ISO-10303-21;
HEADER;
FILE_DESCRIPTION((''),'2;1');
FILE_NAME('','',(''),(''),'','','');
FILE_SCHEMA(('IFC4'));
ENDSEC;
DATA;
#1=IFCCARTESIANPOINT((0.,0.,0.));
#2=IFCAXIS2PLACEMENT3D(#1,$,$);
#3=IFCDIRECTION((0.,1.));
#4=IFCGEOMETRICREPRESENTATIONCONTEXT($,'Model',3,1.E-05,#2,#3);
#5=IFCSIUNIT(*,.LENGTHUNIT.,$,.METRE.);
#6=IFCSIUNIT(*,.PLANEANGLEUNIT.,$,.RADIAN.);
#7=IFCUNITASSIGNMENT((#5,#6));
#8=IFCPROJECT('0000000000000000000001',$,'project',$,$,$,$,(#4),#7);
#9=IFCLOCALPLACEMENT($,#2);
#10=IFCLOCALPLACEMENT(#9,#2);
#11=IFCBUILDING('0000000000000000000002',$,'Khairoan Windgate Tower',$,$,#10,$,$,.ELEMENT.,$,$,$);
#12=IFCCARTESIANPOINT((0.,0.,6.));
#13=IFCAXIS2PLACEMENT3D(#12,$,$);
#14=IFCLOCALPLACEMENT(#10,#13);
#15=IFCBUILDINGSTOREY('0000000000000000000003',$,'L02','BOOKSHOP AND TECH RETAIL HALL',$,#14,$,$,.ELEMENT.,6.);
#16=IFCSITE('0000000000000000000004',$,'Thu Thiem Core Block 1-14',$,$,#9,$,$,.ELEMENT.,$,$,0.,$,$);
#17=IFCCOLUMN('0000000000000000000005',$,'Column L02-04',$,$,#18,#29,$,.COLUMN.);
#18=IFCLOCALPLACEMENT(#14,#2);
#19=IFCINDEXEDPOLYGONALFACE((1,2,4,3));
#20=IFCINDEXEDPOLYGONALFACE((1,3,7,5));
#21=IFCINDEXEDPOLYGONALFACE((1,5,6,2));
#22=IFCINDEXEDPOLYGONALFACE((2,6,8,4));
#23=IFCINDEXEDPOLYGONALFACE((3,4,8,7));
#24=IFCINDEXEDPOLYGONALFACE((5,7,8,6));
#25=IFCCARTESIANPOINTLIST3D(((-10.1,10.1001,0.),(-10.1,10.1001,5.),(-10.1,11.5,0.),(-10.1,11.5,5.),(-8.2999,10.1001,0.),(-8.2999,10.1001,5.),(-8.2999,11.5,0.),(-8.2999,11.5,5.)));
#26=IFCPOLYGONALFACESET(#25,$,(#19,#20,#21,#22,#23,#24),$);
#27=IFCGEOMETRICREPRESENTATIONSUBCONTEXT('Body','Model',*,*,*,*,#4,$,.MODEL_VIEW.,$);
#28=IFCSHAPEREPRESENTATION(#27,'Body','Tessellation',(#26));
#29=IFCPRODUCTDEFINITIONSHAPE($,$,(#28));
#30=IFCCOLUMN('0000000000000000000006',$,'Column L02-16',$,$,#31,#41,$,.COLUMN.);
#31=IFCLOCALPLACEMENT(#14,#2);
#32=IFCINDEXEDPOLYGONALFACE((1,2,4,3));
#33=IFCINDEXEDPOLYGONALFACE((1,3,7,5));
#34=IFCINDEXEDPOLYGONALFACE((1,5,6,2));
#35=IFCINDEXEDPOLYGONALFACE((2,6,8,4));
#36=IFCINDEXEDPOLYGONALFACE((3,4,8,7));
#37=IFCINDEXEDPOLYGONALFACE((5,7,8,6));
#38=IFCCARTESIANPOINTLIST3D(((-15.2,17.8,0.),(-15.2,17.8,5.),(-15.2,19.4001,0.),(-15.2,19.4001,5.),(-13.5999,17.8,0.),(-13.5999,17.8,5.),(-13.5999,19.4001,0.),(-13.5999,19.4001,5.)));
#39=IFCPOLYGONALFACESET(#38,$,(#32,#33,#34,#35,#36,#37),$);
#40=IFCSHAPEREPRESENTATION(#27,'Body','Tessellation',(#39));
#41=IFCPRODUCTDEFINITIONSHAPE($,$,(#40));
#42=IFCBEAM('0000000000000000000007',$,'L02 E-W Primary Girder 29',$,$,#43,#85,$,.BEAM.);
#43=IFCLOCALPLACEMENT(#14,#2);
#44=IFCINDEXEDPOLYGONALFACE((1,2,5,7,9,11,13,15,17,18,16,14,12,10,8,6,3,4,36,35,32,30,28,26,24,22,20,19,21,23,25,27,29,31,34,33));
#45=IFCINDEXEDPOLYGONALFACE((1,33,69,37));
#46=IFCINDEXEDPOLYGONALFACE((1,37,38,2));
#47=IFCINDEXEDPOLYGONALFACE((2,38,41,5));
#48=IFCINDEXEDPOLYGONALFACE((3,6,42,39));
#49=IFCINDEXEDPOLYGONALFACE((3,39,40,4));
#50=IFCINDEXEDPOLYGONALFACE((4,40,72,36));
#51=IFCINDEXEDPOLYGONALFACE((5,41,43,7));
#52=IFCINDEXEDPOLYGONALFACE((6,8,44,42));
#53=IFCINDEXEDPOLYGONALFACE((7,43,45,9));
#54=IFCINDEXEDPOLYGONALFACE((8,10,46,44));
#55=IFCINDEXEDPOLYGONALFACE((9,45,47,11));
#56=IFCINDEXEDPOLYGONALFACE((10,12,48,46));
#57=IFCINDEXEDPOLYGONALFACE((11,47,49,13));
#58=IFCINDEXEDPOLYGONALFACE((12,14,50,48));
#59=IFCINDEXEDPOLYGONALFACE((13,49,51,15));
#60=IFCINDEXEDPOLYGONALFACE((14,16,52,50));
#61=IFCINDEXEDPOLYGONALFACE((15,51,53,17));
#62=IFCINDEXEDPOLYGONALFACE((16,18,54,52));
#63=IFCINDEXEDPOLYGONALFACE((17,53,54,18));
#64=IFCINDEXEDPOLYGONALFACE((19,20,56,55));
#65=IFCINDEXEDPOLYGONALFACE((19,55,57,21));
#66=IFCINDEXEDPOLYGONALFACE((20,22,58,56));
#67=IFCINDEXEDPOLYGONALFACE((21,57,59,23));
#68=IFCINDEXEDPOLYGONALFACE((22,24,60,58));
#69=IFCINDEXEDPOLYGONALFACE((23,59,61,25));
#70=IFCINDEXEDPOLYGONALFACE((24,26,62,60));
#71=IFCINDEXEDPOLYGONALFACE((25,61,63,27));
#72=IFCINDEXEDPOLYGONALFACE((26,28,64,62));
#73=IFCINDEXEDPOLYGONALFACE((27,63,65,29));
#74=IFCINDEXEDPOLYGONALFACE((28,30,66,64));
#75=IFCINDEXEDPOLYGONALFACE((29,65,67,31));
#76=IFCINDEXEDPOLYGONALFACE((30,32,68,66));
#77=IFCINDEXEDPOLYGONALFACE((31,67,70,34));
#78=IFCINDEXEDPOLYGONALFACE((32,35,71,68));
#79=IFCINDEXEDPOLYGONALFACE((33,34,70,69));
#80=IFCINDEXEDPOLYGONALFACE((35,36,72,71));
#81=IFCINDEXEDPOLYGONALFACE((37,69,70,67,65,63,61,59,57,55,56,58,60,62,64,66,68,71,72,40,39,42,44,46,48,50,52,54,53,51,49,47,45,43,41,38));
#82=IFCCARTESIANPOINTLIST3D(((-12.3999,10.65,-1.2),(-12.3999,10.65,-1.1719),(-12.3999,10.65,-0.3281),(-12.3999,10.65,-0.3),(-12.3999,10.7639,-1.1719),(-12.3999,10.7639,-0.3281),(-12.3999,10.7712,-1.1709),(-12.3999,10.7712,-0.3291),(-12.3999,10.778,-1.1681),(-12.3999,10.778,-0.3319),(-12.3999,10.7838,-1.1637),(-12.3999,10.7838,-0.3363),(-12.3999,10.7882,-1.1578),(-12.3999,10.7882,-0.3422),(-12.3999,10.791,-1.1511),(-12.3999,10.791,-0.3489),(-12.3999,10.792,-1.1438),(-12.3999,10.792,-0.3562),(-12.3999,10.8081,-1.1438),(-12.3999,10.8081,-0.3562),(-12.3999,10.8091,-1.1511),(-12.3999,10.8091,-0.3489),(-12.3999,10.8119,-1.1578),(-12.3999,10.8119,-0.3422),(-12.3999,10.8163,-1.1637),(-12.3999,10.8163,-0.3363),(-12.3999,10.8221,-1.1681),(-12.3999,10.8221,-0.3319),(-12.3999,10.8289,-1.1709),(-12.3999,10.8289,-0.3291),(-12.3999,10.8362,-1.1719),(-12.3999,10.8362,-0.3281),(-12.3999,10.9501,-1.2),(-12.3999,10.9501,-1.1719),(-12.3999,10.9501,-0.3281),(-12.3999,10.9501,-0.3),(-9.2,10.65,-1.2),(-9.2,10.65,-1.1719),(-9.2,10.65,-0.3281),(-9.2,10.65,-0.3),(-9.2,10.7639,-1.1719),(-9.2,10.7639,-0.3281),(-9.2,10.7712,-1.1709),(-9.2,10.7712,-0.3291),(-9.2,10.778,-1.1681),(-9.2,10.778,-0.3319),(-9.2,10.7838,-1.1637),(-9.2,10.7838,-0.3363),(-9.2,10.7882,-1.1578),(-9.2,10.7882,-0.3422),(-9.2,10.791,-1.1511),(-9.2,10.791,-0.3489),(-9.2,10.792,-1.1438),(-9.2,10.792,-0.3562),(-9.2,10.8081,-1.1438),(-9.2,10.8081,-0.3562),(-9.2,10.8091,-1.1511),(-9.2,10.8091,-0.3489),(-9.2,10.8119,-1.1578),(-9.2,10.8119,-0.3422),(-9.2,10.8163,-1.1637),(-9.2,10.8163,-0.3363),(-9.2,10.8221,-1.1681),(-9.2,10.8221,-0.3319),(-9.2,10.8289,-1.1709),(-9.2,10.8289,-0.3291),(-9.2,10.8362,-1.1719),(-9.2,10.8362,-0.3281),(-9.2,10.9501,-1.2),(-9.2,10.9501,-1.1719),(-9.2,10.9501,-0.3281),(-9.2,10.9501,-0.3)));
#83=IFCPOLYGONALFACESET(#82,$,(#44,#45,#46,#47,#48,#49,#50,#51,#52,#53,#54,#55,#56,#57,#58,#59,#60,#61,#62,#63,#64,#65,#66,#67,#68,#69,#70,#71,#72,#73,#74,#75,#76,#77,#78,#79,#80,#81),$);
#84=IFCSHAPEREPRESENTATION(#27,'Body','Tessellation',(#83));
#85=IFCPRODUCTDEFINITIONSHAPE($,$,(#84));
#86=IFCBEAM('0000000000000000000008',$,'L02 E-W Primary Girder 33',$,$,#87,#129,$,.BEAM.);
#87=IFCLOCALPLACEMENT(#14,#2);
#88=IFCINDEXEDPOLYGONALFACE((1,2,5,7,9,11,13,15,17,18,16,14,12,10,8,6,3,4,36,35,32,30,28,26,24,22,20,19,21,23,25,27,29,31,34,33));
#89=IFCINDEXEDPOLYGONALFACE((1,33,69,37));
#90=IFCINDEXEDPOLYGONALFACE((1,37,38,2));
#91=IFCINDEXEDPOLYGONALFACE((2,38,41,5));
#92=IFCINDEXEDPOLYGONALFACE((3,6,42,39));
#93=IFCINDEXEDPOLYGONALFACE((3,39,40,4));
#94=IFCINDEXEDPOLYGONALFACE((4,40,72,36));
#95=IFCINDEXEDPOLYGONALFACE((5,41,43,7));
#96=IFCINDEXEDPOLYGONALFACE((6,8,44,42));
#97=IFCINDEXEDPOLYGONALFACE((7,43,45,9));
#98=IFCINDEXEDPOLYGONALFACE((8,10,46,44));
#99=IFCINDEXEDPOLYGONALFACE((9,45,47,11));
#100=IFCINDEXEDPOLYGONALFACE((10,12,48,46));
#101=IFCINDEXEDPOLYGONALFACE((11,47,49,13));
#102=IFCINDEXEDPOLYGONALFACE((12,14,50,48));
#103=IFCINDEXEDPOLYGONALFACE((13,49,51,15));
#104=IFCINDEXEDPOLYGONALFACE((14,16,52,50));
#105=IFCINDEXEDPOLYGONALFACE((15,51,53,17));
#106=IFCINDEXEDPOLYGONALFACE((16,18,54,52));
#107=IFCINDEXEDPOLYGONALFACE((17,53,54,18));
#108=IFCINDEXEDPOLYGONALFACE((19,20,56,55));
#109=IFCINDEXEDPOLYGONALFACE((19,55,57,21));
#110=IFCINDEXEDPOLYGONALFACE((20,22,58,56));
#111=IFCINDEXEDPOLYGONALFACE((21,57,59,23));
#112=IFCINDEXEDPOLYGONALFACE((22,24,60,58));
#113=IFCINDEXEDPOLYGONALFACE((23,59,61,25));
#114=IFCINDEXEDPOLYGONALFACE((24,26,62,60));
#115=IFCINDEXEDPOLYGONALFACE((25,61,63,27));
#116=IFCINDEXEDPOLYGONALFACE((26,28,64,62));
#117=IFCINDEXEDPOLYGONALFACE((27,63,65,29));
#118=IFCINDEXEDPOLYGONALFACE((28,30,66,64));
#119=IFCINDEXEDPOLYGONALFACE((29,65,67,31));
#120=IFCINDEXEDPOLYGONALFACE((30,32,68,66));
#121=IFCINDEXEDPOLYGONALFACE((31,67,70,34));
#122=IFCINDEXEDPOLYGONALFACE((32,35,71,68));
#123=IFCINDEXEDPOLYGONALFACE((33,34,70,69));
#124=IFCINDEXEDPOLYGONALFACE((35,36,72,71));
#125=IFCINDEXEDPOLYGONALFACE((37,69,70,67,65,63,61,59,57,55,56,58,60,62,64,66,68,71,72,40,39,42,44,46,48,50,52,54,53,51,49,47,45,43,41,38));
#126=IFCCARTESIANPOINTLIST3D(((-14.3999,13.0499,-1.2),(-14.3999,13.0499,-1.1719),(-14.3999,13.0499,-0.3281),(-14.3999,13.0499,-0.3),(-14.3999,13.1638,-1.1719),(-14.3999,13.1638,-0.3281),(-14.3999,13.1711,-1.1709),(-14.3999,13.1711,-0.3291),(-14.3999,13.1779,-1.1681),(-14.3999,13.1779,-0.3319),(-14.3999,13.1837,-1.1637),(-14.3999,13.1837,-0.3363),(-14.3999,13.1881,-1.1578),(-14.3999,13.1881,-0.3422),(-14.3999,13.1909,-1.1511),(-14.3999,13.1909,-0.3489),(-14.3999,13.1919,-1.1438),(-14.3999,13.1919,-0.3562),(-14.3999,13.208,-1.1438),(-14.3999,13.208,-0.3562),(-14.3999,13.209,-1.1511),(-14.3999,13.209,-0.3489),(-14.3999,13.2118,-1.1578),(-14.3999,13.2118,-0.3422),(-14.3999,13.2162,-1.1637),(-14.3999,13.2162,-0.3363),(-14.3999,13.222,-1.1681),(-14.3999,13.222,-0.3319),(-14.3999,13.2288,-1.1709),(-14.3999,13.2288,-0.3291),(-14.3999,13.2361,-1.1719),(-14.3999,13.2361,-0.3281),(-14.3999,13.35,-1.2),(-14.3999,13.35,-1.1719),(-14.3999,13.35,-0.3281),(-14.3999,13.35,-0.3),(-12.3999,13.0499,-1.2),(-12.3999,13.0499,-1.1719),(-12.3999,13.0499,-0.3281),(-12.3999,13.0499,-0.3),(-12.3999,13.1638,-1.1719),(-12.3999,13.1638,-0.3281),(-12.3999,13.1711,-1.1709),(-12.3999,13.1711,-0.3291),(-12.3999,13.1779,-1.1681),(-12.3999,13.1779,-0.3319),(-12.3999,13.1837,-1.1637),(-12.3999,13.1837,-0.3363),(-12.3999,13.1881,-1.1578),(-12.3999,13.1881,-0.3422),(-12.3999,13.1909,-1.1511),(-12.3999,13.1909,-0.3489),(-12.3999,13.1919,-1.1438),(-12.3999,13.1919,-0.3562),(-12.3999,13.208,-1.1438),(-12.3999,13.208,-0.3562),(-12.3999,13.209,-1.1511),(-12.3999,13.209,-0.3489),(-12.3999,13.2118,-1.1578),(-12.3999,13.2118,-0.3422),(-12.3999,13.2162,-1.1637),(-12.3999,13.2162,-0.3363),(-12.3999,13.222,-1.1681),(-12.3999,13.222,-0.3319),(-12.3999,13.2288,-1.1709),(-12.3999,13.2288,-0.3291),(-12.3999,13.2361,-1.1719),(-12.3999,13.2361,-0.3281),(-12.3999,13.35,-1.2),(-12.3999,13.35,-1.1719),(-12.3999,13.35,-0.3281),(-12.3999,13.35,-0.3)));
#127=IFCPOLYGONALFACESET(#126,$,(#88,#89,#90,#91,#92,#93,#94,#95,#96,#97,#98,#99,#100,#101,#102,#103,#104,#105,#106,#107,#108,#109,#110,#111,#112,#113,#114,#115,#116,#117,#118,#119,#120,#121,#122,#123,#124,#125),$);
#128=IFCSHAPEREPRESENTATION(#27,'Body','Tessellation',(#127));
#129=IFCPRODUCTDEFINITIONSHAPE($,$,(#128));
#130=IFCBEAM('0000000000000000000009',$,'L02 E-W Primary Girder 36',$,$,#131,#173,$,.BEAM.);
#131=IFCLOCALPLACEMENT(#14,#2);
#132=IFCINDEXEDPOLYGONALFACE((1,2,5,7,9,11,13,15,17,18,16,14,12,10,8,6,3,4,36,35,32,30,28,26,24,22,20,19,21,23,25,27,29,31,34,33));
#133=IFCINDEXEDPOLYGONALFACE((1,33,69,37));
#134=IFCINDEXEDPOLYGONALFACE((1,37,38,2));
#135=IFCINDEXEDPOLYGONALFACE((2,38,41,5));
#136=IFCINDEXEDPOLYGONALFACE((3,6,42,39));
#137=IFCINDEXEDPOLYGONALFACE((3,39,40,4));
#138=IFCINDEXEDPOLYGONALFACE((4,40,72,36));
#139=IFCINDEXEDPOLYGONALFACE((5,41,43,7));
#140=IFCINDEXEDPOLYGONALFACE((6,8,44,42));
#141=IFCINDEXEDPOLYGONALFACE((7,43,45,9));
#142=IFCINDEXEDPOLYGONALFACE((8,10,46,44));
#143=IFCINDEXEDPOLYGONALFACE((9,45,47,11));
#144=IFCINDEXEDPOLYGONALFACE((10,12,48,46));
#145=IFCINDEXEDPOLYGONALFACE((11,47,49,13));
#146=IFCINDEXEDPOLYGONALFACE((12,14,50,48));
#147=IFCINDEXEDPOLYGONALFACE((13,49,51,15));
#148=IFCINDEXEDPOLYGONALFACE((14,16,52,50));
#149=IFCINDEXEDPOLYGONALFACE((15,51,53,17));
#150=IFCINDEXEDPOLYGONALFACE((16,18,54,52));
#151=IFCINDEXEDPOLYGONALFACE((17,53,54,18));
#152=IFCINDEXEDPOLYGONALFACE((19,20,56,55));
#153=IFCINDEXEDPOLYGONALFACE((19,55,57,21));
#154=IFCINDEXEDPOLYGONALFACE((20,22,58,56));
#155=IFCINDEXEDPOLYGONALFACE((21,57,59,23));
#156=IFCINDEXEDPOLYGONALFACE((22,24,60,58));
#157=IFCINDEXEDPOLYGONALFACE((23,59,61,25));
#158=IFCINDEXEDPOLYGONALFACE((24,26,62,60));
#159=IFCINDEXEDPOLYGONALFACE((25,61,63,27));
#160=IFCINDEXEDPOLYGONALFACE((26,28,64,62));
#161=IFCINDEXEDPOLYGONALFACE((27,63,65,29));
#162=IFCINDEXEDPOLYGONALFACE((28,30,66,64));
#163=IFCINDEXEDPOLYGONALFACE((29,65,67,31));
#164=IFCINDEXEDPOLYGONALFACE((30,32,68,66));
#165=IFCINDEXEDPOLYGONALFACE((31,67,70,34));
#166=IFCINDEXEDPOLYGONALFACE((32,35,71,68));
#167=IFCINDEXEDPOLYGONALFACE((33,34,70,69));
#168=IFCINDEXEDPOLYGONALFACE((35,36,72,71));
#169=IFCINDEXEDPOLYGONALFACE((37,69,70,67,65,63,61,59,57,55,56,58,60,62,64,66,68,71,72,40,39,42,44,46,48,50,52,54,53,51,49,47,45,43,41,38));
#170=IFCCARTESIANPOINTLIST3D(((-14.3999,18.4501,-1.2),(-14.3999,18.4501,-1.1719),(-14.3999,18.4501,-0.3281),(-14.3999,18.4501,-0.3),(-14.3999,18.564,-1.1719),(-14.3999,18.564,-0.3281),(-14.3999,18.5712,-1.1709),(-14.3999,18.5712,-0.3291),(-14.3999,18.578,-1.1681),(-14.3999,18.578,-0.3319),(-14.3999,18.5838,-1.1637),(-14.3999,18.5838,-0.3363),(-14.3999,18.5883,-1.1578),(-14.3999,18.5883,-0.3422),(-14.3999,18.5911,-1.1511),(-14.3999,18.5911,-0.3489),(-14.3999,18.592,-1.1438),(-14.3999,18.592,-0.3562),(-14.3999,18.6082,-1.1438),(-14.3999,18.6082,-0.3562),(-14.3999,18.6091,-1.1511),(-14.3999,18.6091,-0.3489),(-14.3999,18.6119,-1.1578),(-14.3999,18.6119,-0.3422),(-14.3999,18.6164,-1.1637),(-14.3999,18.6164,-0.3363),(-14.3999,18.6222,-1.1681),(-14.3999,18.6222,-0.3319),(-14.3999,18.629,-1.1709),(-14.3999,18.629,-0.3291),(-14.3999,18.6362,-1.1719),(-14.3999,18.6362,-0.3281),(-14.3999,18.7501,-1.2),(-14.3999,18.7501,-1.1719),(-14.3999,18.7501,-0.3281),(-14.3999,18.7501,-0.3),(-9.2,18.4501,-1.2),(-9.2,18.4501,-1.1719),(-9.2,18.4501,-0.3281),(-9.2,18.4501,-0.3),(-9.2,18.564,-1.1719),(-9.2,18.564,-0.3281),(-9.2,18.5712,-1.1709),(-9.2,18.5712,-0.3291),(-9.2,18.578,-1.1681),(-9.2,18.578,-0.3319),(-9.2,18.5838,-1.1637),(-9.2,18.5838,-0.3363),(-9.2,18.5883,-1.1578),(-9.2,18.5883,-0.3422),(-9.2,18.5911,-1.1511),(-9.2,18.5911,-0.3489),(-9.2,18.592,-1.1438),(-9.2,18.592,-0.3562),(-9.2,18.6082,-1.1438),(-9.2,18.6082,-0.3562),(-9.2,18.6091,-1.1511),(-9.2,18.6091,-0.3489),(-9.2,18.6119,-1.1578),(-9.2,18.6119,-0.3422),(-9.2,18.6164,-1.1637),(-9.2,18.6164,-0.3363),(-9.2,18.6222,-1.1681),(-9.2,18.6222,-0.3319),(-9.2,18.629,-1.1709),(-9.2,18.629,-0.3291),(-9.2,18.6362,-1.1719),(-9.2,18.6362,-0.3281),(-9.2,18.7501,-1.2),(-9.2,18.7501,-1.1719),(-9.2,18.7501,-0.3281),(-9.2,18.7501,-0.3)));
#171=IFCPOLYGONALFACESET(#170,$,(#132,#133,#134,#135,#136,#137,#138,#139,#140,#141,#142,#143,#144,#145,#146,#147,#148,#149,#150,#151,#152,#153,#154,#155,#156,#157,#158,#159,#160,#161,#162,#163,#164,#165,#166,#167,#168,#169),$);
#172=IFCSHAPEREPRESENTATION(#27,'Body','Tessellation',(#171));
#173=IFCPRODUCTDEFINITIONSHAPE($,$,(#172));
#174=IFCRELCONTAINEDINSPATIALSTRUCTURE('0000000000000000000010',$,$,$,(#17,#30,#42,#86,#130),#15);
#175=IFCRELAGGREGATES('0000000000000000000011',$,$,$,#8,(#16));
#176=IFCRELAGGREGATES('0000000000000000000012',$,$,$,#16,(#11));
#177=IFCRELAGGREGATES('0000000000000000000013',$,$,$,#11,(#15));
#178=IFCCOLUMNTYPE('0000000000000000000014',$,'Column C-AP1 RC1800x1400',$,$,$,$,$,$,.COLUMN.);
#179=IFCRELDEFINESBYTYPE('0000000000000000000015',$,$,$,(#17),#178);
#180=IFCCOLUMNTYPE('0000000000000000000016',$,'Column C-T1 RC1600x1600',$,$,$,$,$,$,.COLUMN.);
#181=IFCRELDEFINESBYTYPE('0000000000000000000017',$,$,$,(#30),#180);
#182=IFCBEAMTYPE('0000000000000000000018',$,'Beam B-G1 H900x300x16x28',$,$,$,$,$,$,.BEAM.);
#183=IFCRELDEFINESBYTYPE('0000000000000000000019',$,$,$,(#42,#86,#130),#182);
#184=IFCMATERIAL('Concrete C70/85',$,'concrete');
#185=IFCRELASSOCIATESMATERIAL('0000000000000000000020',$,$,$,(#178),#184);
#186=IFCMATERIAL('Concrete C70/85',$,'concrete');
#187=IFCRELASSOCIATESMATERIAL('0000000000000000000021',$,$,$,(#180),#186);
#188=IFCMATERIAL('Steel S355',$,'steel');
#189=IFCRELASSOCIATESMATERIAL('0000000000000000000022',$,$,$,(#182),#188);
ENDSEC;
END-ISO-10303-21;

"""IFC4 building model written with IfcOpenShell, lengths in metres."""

from ifc_helpers import new_model, si_unit, direction, frame, origin, origin_2d, place, context, subcontext, project, spatial, rectangle, i_section, extrude, material, material_profile, profile_set, type_object, element, save


model = new_model("IFC4")

# Units and contexts
model_context = context("Model", 3, precision=1e-05, world=origin(), true_north=direction((0.0, 1.0)))
body_context = subcontext(model_context, "Body", "Model", "MODEL_VIEW")
ifc_project = project(units=[si_unit("LENGTHUNIT", "METRE"), si_unit("PLANEANGLEUNIT", "RADIAN")], contexts=[model_context])

# Site, building, storey
site_placement = place(None, origin())
site = spatial("IfcSite", under=ifc_project, at=site_placement, Name="Thu Thiem Core Block 1-14", CompositionType="ELEMENT", RefElevation=0.0)
building_placement = place(site_placement, origin())
building = spatial("IfcBuilding", under=site, at=building_placement, Name="Khairoan Windgate Tower", CompositionType="ELEMENT")
storey_placement = place(building_placement, frame((0.0, 0.0, 6.0)))
storey = spatial("IfcBuildingStorey", under=building, at=storey_placement, Name="L02", Description="BOOKSHOP AND TECH RETAIL HALL", CompositionType="ELEMENT", Elevation=6.0)

# Columns
ifc_material_1 = material(Name="Concrete C70/85", Category="concrete")
ifc_material_profile_1 = material_profile(ifc_material_1, rectangle(XDim=1.8, YDim=1.3999, at=origin_2d()))
ifc_profile_set_1 = profile_set([ifc_material_profile_1], Name="Concrete C70/85")
column_type_1 = type_object("IfcColumnType", Name="Column C-AP1 RC1800x1400", PredefinedType="COLUMN", material=ifc_profile_set_1)
column_1_placement = place(storey_placement, frame((-9.2, 10.8, 0.0), z_axis=(0.0, 0.0, 1.0), x_axis=(1.0, 0.0, 0.0)))
element("IfcColumn", 1, at=column_1_placement, inside=storey, type_object=column_type_1, Name="Column L02-04", PredefinedType="COLUMN", context=body_context, shape_type="SweptSolid", body=[
    extrude(rectangle(XDim=1.8, YDim=1.3999, at=origin_2d()), origin(), (0.0, 0.0, 1.0), 5.0),
])
ifc_material_2 = material(Name="Concrete C70/85", Category="concrete")
ifc_material_profile_2 = material_profile(ifc_material_2, rectangle(XDim=1.6001, YDim=1.6001, at=origin_2d()))
ifc_profile_set_2 = profile_set([ifc_material_profile_2], Name="Concrete C70/85")
column_type_2 = type_object("IfcColumnType", Name="Column C-T1 RC1600x1600", PredefinedType="COLUMN", material=ifc_profile_set_2)
column_2_placement = place(storey_placement, frame((-14.3999, 18.6001, 0.0), z_axis=(0.0, 0.0, 1.0), x_axis=(1.0, 0.0, 0.0)))
element("IfcColumn", 2, at=column_2_placement, inside=storey, type_object=column_type_2, Name="Column L02-16", PredefinedType="COLUMN", context=body_context, shape_type="SweptSolid", body=[
    extrude(rectangle(XDim=1.6001, YDim=1.6001, at=origin_2d()), origin(), (0.0, 0.0, 1.0), 5.0),
])

# Beams
ifc_material_3 = material(Name="Steel S355", Category="steel")
ifc_material_profile_3 = material_profile(ifc_material_3, i_section(OverallWidth=0.3, OverallDepth=0.8999, WebThickness=0.0161, FlangeThickness=0.0281, FilletRadius=0.0281, at=origin_2d()))
ifc_profile_set_3 = profile_set([ifc_material_profile_3], Name="Steel S355")
beam_type_1 = type_object("IfcBeamType", Name="Beam B-G1 H900x300x16x28", PredefinedType="BEAM", material=ifc_profile_set_3)
beam_1_placement = place(storey_placement, frame((-12.3999, 10.8, -0.75), z_axis=(1.0, 0.0, 0.0), x_axis=(0.0, 1.0, 0.0)))
element("IfcBeam", 3, at=beam_1_placement, inside=storey, type_object=beam_type_1, Name="L02 E-W Primary Girder 29", PredefinedType="BEAM", context=body_context, shape_type="SweptSolid", body=[
    extrude(i_section(OverallWidth=0.3, OverallDepth=0.8999, WebThickness=0.0161, FlangeThickness=0.0281, FilletRadius=0.0281, at=origin_2d()), origin(), (0.0, 0.0, 1.0), 3.2),
])
beam_2_placement = place(storey_placement, frame((-14.3999, 13.2, -0.75), z_axis=(1.0, 0.0, 0.0), x_axis=(0.0, 1.0, 0.0)))
element("IfcBeam", 4, at=beam_2_placement, inside=storey, type_object=beam_type_1, Name="L02 E-W Primary Girder 33", PredefinedType="BEAM", context=body_context, shape_type="SweptSolid", body=[
    extrude(i_section(OverallWidth=0.3, OverallDepth=0.8999, WebThickness=0.0161, FlangeThickness=0.0281, FilletRadius=0.0281, at=origin_2d()), origin(), (0.0, 0.0, 1.0), 2.0),
])
beam_3_placement = place(storey_placement, frame((-14.3999, 18.6001, -0.75), z_axis=(1.0, 0.0, 0.0), x_axis=(0.0, 1.0, 0.0)))
element("IfcBeam", 5, at=beam_3_placement, inside=storey, type_object=beam_type_1, Name="L02 E-W Primary Girder 36", PredefinedType="BEAM", context=body_context, shape_type="SweptSolid", body=[
    extrude(i_section(OverallWidth=0.3, OverallDepth=0.8999, WebThickness=0.0161, FlangeThickness=0.0281, FilletRadius=0.0281, at=origin_2d()), origin(), (0.0, 0.0, 1.0), 5.2),
])

save(model, "model.ifc")
